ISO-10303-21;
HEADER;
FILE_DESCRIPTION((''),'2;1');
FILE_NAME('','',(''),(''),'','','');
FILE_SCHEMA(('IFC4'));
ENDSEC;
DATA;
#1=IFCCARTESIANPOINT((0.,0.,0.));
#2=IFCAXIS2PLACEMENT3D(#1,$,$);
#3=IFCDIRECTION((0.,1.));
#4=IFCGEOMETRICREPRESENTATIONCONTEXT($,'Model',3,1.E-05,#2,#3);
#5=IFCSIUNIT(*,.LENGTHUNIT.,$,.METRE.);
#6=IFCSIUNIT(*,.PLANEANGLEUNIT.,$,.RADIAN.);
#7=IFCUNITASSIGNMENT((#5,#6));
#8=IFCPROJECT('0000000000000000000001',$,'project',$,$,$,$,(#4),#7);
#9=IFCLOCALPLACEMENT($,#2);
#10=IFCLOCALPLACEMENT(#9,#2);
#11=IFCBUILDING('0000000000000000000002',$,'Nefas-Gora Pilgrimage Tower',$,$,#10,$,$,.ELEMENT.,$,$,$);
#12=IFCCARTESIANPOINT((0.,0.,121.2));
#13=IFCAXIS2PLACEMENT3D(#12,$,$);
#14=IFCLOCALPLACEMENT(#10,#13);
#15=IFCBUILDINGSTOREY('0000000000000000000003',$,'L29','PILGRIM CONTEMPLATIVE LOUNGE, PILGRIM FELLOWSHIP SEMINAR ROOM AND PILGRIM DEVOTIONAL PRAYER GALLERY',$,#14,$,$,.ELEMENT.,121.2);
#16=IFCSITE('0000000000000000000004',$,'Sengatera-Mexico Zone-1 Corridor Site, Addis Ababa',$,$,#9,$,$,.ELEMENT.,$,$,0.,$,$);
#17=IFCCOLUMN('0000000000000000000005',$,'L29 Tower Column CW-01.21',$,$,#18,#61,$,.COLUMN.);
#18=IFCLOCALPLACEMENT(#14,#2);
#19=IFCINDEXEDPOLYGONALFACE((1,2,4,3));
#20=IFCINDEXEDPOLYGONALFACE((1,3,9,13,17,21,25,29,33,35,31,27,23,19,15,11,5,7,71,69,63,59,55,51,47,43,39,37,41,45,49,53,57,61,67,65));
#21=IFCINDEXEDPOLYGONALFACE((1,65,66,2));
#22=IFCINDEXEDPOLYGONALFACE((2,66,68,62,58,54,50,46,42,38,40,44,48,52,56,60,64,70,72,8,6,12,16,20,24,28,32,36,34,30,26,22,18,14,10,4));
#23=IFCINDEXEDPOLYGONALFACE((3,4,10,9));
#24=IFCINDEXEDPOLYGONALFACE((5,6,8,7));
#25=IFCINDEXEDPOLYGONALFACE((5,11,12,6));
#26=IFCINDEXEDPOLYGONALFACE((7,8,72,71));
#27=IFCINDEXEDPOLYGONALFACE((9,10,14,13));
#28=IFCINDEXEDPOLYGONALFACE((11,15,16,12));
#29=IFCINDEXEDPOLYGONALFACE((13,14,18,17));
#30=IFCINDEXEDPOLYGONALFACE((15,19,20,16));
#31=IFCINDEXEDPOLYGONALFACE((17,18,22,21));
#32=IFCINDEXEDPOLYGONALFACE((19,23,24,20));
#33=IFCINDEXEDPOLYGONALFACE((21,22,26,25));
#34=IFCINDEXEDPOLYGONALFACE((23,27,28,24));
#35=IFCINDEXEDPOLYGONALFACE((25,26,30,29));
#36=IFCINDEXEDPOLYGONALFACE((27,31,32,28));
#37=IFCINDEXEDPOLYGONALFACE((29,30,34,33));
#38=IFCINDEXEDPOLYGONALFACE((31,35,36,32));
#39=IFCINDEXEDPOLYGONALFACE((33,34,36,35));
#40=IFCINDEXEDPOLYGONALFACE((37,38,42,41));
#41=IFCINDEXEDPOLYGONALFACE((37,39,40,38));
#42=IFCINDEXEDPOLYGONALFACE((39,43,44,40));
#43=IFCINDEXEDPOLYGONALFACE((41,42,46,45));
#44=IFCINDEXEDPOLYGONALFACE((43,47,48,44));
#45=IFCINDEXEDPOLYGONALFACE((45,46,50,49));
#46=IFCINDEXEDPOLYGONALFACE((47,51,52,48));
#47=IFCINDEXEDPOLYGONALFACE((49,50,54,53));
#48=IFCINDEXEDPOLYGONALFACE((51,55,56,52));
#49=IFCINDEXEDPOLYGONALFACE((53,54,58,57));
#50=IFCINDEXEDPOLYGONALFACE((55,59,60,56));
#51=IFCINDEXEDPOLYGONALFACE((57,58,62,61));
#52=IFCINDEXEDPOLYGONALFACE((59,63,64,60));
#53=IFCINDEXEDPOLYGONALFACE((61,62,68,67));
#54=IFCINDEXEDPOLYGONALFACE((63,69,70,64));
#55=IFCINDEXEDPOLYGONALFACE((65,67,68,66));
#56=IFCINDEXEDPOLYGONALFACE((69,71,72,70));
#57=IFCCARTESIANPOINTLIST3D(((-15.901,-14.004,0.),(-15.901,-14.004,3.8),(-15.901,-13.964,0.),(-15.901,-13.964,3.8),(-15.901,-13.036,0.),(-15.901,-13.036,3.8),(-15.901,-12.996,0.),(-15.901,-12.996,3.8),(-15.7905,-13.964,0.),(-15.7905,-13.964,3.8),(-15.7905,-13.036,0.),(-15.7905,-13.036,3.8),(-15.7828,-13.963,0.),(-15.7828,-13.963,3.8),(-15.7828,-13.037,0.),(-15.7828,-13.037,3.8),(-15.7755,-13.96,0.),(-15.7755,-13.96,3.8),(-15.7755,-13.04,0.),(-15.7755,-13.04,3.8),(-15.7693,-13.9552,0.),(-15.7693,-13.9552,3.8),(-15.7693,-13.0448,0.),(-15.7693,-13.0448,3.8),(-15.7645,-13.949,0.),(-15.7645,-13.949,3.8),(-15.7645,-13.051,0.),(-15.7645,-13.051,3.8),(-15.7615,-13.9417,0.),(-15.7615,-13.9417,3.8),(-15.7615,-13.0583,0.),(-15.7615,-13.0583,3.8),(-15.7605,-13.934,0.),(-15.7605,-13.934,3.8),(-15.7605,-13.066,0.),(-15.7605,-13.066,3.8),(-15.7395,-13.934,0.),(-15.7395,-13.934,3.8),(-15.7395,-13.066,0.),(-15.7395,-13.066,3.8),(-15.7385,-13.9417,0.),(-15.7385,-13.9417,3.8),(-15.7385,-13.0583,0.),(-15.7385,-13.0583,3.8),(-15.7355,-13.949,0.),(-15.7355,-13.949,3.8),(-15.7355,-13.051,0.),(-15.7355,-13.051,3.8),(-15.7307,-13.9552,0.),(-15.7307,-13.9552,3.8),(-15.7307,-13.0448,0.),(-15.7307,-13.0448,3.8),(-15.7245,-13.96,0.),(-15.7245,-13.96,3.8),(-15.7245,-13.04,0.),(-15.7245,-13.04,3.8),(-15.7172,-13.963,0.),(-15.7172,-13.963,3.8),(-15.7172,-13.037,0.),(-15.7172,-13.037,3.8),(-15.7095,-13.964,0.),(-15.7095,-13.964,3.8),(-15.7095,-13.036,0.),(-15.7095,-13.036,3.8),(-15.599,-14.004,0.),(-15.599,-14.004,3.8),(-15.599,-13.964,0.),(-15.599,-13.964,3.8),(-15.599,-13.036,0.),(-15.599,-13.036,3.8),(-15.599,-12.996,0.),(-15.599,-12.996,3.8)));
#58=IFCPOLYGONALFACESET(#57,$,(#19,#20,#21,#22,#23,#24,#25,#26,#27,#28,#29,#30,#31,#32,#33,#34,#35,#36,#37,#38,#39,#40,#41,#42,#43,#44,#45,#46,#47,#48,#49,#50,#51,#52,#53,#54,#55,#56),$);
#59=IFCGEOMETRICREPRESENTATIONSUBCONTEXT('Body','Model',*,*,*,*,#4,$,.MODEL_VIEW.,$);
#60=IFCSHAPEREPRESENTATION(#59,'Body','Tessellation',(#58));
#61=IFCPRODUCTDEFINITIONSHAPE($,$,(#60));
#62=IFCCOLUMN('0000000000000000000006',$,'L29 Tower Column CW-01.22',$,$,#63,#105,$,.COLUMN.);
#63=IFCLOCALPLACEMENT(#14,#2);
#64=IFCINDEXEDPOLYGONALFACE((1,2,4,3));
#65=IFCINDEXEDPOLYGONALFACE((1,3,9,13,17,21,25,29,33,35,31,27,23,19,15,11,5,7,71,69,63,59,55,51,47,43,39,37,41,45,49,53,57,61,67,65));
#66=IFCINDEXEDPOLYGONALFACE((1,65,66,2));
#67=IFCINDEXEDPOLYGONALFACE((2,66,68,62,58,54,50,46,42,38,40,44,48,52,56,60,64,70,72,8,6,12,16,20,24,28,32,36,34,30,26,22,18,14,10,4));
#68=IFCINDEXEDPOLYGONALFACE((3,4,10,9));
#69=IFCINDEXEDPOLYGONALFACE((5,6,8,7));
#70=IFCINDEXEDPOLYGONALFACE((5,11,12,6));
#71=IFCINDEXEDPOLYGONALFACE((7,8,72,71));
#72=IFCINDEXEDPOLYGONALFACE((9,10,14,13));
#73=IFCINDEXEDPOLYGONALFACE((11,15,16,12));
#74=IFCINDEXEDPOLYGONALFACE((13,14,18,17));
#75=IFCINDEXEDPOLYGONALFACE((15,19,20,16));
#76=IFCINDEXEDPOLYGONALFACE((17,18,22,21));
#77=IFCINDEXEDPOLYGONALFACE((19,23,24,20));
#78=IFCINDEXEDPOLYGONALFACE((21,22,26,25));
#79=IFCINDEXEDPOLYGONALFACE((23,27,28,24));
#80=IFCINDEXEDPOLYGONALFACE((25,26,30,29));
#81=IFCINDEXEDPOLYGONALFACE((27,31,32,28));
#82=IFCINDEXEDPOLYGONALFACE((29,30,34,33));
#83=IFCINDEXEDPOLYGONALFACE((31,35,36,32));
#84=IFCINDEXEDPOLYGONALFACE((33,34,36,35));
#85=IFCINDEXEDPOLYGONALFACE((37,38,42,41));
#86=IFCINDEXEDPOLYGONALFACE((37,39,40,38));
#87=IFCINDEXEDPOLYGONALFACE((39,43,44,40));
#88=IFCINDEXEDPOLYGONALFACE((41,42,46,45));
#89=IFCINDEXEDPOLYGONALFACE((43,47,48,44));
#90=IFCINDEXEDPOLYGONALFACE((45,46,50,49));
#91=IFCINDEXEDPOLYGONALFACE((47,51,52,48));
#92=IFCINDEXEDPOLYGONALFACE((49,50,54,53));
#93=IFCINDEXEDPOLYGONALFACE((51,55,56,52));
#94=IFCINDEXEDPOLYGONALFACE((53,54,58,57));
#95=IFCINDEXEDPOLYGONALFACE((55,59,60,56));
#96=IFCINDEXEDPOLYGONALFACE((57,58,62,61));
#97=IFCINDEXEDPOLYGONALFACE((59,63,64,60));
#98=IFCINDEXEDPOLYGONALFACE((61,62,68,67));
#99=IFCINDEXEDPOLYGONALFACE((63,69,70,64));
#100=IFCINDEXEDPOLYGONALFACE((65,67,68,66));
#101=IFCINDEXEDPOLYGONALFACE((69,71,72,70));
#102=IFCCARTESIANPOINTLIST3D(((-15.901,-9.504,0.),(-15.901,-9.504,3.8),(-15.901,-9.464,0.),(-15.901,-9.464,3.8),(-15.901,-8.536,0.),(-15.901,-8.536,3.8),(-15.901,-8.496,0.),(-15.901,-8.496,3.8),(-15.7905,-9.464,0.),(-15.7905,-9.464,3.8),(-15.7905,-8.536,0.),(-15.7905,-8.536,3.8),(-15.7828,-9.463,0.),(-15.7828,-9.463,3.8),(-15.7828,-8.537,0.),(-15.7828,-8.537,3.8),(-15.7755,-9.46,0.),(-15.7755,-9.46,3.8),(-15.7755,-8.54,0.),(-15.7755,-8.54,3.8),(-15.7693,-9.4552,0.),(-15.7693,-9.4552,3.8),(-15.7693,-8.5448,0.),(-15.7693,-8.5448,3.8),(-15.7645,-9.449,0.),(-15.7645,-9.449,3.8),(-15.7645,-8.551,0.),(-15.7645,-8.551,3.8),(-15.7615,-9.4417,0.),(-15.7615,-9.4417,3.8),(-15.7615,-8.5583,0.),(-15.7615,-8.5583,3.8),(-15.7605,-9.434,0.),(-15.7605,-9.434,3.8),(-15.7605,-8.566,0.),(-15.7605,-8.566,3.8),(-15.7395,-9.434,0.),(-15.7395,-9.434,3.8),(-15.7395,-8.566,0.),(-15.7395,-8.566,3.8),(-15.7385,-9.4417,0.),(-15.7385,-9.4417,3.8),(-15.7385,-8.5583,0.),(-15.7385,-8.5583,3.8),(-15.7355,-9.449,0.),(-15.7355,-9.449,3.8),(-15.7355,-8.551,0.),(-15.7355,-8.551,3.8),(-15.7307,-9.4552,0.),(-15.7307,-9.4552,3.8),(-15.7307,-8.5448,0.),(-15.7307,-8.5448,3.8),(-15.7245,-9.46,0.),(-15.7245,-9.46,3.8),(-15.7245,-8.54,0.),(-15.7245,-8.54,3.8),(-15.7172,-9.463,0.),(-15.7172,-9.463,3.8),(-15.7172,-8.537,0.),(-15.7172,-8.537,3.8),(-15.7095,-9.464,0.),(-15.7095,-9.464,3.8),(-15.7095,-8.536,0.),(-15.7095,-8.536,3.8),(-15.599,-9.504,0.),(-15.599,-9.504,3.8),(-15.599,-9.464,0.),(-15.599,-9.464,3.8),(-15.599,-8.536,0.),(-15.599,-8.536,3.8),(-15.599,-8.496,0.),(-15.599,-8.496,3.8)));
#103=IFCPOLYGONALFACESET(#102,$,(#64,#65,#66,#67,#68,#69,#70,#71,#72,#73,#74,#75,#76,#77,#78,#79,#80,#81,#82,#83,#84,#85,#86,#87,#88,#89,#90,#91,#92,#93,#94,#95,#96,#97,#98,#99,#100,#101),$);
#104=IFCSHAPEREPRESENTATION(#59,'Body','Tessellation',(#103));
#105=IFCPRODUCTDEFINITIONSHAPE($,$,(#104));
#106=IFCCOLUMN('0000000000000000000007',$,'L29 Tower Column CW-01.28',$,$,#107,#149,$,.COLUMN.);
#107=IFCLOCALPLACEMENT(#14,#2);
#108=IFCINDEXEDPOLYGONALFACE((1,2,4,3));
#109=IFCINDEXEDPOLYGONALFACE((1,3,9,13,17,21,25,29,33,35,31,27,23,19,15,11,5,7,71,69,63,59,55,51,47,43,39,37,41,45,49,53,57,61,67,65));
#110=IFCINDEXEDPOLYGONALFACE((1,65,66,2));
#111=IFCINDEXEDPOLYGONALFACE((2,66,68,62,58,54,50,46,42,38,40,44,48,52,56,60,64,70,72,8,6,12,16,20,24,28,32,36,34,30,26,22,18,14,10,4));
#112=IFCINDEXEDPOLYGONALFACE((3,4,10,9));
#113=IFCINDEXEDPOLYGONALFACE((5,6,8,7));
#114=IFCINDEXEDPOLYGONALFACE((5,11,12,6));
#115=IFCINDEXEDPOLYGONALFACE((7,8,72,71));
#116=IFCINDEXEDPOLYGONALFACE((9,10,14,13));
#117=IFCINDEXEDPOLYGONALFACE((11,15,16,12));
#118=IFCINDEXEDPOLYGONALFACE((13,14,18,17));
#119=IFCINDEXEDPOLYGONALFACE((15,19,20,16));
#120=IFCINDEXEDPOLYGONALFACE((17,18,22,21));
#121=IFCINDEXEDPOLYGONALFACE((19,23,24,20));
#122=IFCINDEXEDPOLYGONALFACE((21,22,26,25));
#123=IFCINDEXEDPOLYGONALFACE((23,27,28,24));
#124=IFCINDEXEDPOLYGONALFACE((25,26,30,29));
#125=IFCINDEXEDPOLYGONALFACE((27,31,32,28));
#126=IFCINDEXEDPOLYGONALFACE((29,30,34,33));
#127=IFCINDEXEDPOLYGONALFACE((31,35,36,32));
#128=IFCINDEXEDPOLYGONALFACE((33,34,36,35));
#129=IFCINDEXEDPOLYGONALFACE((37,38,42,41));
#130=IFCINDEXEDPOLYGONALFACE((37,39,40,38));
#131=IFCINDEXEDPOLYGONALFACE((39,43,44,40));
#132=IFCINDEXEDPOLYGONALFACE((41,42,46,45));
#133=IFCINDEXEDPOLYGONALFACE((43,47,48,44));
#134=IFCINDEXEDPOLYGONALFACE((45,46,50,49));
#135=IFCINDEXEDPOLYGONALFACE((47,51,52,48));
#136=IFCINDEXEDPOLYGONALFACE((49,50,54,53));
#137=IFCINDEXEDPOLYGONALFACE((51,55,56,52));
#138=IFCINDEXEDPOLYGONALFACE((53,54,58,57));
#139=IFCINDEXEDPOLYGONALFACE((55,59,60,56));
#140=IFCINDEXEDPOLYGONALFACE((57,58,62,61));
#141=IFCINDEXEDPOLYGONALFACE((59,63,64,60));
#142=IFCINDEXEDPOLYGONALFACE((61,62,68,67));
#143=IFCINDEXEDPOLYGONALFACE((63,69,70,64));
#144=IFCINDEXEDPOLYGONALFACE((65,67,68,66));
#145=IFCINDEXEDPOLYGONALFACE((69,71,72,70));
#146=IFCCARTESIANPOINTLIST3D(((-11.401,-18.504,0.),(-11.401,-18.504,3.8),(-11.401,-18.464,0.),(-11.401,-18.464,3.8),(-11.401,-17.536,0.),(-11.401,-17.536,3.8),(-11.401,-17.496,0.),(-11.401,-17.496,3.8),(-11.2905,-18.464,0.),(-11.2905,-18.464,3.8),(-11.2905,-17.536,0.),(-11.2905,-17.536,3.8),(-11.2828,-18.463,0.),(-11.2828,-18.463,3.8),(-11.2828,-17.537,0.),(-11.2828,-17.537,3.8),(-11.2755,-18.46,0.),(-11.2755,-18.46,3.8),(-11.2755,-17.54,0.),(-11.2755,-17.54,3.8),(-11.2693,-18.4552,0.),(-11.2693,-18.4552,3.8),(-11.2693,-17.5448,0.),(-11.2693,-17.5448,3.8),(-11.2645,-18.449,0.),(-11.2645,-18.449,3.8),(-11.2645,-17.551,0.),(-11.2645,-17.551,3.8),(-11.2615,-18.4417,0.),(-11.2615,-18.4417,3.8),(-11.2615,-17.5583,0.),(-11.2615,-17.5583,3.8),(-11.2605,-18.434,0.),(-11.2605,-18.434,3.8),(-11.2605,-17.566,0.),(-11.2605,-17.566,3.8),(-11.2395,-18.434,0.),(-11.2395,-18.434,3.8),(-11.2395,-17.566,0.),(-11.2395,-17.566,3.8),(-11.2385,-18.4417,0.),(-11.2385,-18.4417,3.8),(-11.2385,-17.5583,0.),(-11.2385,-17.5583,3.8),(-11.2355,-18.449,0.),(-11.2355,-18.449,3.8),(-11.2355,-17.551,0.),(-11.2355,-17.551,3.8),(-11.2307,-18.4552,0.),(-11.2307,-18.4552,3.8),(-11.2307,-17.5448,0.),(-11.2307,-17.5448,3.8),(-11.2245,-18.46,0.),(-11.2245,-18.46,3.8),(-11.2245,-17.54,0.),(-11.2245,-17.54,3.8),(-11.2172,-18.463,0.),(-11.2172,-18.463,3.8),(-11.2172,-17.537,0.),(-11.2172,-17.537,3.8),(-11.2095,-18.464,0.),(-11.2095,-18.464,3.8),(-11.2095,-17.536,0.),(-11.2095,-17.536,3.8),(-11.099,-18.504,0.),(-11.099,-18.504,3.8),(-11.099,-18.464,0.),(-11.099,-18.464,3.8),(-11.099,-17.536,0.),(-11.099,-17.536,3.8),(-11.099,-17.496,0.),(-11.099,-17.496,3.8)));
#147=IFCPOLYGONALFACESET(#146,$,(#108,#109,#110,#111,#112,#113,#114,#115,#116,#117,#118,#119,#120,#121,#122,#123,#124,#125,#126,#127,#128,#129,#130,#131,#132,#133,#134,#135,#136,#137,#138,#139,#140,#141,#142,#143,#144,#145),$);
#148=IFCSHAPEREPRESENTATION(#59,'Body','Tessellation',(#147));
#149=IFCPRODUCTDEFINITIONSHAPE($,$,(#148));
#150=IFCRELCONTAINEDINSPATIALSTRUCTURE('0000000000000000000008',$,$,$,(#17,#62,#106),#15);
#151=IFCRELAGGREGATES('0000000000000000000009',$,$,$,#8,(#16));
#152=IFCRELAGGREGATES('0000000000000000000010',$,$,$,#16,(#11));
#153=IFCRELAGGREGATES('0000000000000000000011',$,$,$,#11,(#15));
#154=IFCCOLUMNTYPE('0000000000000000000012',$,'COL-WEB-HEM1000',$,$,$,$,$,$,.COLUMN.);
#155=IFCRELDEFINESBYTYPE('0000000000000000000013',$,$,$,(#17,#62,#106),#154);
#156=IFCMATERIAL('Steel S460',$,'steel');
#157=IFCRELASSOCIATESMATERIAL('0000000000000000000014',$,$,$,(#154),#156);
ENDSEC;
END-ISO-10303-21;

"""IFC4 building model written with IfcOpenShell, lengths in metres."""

from ifc_helpers import new_model, si_unit, direction, frame, origin, origin_2d, place, context, subcontext, project, spatial, i_section, extrude, source, transform, mapped, material, material_profile, profile_set, type_object, element, save


model = new_model("IFC4")

# Units and contexts
model_context = context("Model", 3, precision=1e-05, world=origin(), true_north=direction((0.0, 1.0)))
body_context = subcontext(model_context, "Body", "Model", "MODEL_VIEW")
ifc_project = project(units=[si_unit("LENGTHUNIT", "METRE"), si_unit("PLANEANGLEUNIT", "RADIAN")], contexts=[model_context])

# Site, building, storey
site_placement = place(None, origin())
site = spatial("IfcSite", under=ifc_project, at=site_placement, Name="Sengatera-Mexico Zone-1 Corridor Site, Addis Ababa", CompositionType="ELEMENT", RefElevation=0.0)
building_placement = place(site_placement, origin())
building = spatial("IfcBuilding", under=site, at=building_placement, Name="Nefas-Gora Pilgrimage Tower", CompositionType="ELEMENT")
storey_placement = place(building_placement, frame((0.0, 0.0, 121.2)))
storey = spatial("IfcBuildingStorey", under=building, at=storey_placement, Name="L29", Description="PILGRIM CONTEMPLATIVE LOUNGE, PILGRIM FELLOWSHIP SEMINAR ROOM AND PILGRIM DEVOTIONAL PRAYER GALLERY", CompositionType="ELEMENT", Elevation=121.2)

# Columns
ifc_material_1 = material(Name="Steel S460", Category="steel")
ifc_material_profile_1 = material_profile(ifc_material_1, i_section(OverallWidth=0.302, OverallDepth=1.0081, WebThickness=0.021, FlangeThickness=0.04, FilletRadius=0.03, at=origin_2d()), Name="HEM 1000")
ifc_profile_set_1 = profile_set([ifc_material_profile_1], Name="Steel S460")
column_type_1 = type_object("IfcColumnType", Name="COL-WEB-HEM1000", PredefinedType="COLUMN", material=ifc_profile_set_1)
shared_shape_1 = source(origin(), body_context, "Body", "SweptSolid", [
    extrude(i_section(OverallWidth=0.302, OverallDepth=1.0081, WebThickness=0.021, FlangeThickness=0.04, FilletRadius=0.03, at=origin_2d()), origin(), (0.0, 0.0, 1.0), 3.8),
])
for number, where, z_axis, x_axis, name in (
    (1, (-15.75, -13.5, 0.0), (0.0, 0.0, 1.0), (1.0, 0.0, 0.0), "L29 Tower Column CW-01.21"),
    (2, (-15.75, -9.0, 0.0), (0.0, 0.0, 1.0), (1.0, 0.0, 0.0), "L29 Tower Column CW-01.22"),
    (3, (-11.25, -18.0, 0.0), (0.0, 0.0, 1.0), (1.0, 0.0, 0.0), "L29 Tower Column CW-01.28"),
):
    element("IfcColumn", number, at=place(storey_placement, frame(where, z_axis=z_axis, x_axis=x_axis)), inside=storey, type_object=column_type_1, Name=name, PredefinedType="COLUMN", context=body_context, shape_type="MappedRepresentation", body=[
        mapped(shared_shape_1, transform((0.0, 0.0, 0.0), x_axis=(1.0, 0.0, 0.0), y_axis=(0.0, 1.0, 0.0), z_axis=(0.0, 0.0, 1.0), scale=1.0)),
    ])

save(model, "model.ifc")
